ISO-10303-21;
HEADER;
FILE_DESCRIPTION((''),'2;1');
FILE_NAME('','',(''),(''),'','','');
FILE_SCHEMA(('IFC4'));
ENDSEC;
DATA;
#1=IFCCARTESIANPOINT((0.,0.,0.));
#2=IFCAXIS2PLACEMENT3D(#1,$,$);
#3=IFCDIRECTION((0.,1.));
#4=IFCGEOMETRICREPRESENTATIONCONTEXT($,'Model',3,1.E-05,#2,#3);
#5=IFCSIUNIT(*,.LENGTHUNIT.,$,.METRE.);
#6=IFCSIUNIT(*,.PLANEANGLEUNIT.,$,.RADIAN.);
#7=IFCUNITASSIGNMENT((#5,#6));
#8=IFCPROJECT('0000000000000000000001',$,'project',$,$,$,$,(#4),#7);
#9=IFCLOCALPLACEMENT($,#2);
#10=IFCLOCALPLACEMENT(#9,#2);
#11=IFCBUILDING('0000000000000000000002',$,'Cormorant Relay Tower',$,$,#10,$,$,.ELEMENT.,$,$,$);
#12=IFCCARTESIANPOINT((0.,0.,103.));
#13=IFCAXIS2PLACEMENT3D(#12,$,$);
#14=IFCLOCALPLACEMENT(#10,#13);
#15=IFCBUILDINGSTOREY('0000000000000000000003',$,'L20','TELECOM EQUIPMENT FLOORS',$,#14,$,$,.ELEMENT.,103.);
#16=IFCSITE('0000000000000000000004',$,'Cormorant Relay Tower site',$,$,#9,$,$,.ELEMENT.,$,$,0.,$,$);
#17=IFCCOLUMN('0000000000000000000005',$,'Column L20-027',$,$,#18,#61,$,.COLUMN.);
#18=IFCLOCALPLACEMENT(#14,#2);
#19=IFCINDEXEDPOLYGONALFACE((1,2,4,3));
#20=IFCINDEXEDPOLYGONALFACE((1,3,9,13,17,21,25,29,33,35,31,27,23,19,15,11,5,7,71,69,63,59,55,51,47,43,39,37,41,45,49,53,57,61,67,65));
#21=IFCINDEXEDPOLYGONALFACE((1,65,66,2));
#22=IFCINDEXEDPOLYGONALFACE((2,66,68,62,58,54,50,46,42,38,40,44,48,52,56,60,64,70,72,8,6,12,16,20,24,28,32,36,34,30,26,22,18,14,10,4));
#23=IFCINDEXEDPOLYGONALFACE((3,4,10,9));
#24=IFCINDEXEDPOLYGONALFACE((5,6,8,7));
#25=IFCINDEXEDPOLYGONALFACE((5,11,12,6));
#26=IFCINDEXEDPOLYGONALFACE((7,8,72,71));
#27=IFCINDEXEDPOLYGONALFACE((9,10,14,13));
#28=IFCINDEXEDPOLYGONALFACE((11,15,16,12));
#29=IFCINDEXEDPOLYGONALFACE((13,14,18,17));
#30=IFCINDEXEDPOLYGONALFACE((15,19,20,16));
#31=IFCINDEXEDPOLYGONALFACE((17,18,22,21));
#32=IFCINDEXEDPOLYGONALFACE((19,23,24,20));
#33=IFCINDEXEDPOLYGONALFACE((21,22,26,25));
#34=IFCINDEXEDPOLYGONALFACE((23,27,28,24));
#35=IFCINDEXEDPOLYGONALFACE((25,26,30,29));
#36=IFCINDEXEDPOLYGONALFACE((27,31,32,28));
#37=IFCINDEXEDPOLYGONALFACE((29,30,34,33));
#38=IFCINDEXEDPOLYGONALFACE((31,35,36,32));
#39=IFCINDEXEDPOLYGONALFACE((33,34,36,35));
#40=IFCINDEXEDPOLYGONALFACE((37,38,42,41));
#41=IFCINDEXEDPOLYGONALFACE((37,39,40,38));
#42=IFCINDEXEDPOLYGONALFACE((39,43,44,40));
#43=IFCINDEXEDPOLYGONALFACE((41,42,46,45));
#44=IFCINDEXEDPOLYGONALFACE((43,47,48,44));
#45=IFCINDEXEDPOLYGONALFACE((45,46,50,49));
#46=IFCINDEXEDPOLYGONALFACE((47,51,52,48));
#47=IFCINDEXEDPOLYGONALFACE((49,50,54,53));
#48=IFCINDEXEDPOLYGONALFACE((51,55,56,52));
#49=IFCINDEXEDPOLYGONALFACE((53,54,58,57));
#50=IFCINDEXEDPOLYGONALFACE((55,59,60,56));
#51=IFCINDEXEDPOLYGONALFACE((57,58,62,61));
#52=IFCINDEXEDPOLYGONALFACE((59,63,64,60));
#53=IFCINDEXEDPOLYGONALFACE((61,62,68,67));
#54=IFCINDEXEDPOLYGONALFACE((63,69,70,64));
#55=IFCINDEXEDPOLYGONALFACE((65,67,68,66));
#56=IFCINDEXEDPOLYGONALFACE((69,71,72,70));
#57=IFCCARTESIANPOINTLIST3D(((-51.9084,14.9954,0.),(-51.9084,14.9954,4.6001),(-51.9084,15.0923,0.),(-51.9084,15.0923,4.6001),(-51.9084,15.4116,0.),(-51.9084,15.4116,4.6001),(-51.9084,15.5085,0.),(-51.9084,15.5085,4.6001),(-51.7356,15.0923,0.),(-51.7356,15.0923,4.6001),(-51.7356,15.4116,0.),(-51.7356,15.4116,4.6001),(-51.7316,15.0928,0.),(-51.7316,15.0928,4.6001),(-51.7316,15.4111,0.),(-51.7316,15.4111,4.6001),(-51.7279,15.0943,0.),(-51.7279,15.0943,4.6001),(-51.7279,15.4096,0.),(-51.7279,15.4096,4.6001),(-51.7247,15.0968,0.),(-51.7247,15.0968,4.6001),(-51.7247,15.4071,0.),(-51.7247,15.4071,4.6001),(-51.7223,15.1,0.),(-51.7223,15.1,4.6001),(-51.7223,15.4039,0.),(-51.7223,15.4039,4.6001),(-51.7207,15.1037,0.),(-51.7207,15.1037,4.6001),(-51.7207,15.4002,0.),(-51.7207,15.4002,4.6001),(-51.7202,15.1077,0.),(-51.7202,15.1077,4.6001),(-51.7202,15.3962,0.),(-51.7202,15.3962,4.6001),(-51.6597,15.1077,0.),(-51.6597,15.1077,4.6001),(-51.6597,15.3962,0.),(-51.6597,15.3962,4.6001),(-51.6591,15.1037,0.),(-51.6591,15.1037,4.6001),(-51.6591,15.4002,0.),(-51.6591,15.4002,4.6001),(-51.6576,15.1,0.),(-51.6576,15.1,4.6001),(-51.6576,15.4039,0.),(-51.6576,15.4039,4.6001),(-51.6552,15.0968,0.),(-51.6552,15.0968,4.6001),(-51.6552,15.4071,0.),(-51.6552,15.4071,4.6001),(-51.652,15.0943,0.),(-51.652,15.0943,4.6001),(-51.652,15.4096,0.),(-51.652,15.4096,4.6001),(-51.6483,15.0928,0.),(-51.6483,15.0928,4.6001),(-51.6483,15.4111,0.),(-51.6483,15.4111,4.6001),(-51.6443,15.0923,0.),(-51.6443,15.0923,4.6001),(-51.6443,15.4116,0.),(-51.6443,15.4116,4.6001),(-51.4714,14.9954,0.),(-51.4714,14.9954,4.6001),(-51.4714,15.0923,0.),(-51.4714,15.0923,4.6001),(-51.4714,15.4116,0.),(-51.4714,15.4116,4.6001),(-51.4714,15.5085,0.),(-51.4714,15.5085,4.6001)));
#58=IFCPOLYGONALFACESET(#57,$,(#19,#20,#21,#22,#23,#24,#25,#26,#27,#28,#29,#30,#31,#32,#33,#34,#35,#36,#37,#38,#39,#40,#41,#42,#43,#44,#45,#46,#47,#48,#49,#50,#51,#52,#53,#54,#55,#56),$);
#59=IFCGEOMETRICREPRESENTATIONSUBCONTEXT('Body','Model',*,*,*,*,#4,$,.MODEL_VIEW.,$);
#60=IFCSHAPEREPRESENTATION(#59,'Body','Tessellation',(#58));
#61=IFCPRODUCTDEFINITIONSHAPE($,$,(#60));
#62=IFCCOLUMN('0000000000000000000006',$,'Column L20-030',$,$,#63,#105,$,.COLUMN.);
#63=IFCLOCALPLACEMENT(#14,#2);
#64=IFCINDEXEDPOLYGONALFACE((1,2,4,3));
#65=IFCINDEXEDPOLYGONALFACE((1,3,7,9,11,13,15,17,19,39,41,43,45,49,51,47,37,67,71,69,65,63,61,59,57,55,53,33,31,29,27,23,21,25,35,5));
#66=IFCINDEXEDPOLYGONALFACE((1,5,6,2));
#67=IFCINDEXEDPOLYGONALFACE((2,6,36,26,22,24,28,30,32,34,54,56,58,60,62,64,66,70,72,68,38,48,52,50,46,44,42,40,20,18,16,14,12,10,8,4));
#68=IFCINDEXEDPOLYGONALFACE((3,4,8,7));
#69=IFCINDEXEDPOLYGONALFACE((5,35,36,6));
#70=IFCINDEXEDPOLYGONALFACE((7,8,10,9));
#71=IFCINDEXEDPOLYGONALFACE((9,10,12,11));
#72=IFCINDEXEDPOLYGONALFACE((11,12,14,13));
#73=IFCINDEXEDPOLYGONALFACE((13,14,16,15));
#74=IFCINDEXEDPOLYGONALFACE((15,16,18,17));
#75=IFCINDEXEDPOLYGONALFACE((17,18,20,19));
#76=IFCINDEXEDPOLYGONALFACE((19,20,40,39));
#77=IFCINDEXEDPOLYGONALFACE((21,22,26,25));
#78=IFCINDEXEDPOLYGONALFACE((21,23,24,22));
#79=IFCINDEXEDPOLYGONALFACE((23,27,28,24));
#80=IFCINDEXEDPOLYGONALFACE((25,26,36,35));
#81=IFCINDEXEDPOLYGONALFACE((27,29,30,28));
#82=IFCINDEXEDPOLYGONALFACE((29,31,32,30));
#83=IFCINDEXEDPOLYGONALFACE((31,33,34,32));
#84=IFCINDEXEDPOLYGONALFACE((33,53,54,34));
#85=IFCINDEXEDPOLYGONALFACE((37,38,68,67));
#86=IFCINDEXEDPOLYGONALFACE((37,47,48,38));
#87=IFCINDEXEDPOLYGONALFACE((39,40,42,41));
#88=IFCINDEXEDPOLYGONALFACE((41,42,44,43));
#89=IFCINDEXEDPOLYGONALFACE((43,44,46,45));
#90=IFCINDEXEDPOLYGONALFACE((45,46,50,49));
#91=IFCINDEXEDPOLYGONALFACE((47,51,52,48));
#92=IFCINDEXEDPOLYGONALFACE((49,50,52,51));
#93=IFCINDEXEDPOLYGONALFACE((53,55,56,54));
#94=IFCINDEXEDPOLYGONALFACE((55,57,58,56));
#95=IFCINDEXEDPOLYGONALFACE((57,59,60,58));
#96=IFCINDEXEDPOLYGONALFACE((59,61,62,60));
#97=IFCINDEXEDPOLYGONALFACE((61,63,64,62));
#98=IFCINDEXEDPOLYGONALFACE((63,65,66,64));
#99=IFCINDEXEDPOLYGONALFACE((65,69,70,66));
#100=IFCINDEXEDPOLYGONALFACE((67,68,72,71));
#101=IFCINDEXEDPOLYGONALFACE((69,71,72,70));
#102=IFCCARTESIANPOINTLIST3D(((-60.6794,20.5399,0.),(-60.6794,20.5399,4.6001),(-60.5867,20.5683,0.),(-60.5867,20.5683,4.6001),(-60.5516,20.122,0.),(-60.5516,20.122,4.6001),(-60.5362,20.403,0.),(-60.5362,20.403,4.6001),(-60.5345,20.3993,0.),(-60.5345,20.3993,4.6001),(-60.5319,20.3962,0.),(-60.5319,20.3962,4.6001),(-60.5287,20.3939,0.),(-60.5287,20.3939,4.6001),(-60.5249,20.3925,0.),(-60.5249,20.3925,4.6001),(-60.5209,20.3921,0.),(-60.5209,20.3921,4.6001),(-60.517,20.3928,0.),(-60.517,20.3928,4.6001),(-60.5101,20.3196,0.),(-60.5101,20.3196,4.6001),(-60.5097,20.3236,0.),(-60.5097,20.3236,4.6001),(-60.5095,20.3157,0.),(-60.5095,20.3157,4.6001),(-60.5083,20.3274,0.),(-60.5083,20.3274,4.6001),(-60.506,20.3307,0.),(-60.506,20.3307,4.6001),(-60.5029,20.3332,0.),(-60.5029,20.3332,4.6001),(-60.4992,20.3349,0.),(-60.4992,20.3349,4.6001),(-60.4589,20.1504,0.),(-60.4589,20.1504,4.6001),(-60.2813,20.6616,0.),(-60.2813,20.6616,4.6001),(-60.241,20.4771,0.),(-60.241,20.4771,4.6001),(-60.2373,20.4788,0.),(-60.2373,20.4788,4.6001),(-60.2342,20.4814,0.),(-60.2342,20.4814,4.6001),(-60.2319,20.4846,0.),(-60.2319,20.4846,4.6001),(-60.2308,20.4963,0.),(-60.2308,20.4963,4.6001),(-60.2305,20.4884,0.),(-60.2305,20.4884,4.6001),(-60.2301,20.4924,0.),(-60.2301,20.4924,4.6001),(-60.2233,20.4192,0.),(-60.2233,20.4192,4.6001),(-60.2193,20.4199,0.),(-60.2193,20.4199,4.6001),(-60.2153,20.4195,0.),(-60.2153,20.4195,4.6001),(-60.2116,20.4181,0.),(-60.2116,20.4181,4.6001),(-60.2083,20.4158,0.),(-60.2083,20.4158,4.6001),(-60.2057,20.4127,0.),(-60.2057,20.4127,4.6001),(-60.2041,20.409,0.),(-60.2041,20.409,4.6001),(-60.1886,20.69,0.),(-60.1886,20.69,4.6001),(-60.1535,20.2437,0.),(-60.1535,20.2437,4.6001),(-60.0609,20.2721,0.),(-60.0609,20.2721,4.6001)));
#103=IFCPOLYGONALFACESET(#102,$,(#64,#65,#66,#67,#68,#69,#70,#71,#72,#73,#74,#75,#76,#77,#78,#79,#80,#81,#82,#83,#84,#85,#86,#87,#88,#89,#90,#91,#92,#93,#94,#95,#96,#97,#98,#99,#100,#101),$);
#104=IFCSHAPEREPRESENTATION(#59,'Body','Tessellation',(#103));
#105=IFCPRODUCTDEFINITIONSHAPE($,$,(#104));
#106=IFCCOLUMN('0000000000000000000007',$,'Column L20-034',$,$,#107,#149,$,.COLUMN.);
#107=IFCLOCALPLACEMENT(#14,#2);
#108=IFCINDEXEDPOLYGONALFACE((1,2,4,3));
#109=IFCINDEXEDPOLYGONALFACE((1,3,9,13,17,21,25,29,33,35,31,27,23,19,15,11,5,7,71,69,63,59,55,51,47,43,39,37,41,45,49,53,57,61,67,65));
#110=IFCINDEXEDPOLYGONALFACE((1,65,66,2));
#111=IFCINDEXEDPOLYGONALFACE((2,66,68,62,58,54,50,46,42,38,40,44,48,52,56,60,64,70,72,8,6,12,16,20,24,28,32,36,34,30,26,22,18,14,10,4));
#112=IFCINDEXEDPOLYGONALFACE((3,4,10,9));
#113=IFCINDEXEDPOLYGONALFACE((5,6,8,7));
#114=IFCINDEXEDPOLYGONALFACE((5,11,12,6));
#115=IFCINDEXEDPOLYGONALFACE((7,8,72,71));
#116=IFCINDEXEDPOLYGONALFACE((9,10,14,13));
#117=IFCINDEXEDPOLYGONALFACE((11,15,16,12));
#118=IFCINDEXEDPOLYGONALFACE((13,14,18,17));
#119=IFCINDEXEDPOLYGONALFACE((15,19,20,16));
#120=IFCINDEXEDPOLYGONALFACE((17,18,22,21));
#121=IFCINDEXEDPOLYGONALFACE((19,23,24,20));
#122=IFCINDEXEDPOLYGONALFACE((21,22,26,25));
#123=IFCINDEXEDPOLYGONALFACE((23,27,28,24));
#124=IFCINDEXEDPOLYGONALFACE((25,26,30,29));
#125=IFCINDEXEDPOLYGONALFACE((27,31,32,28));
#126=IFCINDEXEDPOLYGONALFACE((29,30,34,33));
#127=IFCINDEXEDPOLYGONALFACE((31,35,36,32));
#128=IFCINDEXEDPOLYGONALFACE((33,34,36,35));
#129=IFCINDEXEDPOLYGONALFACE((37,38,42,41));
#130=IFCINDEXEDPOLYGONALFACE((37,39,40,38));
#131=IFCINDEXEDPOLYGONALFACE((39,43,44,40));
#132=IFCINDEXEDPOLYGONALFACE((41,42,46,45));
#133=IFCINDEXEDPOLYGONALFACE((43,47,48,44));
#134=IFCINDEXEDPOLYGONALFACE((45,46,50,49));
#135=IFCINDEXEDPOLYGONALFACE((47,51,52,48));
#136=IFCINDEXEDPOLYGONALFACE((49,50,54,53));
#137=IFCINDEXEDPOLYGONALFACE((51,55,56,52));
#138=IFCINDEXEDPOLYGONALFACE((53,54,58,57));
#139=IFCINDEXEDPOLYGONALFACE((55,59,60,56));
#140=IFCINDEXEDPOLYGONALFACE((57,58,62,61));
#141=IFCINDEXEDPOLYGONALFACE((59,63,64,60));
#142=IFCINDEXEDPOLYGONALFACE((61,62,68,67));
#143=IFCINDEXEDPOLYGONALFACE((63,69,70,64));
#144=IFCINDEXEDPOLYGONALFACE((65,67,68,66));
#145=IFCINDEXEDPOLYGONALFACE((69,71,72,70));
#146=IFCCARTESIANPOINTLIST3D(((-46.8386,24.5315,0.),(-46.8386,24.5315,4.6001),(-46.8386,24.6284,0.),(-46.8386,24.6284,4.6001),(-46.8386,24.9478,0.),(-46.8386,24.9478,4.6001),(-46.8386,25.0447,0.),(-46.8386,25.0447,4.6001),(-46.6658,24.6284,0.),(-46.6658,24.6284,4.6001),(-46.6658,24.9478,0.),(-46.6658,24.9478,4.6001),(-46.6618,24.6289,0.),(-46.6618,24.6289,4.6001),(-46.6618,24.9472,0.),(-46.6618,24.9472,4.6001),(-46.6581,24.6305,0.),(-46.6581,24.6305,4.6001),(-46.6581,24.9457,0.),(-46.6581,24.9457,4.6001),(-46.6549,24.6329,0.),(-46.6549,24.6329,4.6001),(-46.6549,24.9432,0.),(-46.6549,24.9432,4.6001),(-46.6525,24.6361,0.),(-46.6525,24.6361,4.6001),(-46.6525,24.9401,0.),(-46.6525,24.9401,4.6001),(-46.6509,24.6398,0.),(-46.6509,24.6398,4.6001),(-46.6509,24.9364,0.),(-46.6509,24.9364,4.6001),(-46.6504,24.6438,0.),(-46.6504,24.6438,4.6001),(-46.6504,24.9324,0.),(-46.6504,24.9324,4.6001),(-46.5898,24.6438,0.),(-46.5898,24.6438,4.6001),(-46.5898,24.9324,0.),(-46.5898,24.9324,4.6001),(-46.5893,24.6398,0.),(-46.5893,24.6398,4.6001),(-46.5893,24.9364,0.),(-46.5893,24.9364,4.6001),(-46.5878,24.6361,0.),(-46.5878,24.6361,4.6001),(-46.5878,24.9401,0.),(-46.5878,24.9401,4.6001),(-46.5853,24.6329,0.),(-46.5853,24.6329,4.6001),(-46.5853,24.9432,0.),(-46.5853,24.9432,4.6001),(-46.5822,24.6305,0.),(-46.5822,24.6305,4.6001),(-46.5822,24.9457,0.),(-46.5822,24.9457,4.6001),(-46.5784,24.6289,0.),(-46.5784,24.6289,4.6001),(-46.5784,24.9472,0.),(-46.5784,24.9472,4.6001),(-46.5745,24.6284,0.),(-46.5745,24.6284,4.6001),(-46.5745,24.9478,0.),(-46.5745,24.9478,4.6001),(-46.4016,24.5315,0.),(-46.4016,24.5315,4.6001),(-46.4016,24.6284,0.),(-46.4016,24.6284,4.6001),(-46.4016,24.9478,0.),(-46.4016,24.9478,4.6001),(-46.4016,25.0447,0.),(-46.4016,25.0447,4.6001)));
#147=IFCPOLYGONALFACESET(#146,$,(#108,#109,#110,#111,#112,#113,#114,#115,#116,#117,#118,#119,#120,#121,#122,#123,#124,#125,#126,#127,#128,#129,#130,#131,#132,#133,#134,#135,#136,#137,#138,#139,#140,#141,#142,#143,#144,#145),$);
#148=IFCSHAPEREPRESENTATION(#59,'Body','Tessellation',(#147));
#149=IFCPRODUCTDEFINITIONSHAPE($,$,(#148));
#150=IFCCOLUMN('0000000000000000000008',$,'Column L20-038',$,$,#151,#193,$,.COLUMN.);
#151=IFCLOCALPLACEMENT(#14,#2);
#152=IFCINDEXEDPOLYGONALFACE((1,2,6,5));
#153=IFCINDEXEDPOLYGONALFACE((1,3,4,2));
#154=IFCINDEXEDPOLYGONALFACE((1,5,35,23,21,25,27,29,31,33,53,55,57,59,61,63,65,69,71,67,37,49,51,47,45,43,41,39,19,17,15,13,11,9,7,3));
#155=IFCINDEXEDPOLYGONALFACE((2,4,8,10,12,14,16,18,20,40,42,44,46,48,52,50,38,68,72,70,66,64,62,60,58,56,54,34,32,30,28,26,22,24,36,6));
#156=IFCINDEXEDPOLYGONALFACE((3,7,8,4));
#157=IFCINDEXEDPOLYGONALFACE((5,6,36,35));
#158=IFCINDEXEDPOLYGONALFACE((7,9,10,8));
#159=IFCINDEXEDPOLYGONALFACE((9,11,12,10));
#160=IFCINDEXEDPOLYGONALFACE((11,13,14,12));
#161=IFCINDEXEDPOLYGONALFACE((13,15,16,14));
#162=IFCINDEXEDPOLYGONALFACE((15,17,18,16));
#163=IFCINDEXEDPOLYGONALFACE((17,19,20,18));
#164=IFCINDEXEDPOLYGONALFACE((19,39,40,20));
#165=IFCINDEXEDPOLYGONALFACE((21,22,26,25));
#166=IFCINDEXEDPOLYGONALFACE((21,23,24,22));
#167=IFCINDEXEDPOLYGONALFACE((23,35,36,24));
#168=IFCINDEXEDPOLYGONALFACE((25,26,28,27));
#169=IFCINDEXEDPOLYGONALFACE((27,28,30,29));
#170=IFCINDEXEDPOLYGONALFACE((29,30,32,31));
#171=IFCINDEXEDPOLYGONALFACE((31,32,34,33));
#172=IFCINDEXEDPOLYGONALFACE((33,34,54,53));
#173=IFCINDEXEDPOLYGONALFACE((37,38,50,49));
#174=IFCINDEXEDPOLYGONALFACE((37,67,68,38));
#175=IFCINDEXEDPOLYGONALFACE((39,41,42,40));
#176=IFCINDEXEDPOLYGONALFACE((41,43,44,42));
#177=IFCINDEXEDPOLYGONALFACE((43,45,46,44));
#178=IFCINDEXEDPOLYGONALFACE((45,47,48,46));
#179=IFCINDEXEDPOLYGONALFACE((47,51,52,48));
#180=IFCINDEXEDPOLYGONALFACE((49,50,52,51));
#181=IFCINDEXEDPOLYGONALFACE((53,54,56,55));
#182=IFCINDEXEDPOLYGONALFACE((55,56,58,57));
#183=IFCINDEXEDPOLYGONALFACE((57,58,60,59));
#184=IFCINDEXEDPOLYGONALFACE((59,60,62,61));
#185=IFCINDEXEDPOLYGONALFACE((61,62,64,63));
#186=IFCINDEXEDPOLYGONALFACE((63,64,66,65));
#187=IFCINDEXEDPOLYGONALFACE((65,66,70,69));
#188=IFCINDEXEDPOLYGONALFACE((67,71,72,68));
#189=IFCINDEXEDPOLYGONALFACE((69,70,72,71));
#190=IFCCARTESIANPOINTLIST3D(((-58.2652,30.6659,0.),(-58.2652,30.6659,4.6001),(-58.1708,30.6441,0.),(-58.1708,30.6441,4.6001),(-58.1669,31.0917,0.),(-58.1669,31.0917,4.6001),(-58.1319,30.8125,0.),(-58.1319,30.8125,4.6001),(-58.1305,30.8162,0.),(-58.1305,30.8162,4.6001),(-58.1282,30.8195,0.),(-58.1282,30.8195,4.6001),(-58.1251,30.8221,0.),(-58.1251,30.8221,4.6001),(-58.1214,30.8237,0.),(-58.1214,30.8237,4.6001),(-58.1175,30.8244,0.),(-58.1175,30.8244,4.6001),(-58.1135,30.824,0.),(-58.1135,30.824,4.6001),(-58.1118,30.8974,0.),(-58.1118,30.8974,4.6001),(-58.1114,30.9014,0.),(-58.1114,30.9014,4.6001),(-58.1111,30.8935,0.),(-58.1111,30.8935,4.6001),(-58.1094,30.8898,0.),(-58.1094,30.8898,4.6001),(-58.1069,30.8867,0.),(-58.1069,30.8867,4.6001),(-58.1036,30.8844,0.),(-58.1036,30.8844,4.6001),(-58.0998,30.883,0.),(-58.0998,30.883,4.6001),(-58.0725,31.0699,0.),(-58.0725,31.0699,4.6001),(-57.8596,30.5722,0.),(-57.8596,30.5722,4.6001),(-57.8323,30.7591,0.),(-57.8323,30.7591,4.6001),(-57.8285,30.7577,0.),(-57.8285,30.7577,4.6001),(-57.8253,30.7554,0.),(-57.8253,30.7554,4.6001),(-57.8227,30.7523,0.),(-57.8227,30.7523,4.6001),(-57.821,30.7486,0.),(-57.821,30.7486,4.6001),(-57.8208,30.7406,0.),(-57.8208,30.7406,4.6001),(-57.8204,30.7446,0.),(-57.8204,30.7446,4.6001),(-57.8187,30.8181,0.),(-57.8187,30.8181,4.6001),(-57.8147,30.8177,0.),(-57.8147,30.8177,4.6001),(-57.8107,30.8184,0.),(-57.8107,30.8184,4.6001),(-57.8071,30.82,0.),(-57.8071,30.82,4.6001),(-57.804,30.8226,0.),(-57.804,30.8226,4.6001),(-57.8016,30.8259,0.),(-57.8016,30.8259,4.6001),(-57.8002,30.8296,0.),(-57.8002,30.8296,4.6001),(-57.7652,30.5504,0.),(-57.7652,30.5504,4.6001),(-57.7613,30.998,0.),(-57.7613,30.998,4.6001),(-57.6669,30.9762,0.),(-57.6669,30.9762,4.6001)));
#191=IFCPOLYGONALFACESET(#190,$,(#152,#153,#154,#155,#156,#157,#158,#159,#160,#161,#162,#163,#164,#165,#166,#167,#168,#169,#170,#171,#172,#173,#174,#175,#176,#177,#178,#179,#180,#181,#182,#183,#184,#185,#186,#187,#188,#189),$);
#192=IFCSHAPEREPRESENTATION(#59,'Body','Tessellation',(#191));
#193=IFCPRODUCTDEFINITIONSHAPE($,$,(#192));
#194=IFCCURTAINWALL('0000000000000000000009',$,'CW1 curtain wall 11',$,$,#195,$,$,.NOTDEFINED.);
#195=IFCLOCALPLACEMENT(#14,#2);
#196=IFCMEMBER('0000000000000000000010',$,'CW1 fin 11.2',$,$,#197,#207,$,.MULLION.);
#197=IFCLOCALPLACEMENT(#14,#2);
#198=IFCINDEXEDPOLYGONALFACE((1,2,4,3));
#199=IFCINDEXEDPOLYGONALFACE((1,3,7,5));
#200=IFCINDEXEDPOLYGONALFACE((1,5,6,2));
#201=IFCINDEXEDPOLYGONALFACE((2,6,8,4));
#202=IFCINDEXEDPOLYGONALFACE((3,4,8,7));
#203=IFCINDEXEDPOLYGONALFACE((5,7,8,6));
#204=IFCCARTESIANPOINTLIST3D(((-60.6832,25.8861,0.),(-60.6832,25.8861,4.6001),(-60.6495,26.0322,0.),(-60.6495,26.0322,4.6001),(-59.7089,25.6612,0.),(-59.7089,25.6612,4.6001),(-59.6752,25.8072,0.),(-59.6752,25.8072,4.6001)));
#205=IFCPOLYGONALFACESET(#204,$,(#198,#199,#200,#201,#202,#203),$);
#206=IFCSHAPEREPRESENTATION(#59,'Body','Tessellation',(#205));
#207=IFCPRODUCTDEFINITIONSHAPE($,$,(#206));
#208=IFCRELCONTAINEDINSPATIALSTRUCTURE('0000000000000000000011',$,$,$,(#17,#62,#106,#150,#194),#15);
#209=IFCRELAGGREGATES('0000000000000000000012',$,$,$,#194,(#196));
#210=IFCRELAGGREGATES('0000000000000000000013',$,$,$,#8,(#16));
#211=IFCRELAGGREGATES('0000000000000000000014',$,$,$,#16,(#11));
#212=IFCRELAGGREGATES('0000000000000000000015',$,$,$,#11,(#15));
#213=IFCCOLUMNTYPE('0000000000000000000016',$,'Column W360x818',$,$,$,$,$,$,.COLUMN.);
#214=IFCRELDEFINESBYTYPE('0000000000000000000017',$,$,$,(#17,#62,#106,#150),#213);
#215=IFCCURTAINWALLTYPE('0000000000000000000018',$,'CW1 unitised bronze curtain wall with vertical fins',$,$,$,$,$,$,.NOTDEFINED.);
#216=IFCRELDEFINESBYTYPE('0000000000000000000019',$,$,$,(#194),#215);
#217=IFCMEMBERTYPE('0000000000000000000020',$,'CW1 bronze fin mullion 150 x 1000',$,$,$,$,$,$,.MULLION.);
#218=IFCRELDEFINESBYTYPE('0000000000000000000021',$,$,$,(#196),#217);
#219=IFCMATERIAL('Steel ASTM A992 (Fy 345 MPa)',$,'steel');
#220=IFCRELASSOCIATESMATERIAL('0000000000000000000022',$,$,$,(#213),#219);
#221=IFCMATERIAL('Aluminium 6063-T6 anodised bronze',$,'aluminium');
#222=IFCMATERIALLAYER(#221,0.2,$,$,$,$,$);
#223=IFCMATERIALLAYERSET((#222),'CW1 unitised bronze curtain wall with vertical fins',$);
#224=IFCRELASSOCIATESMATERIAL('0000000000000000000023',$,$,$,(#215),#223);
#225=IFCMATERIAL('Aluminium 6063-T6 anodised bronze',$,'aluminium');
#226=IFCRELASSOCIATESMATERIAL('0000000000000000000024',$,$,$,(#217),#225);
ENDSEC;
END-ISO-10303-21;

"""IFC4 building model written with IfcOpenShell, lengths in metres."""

from ifc_helpers import new_model, si_unit, direction, frame, origin, origin_2d, place, context, subcontext, project, spatial, rectangle, i_section, extrude, material, layer, layer_set, material_profile, profile_set, type_object, element, aggregate, save


model = new_model("IFC4")

# Units and contexts
model_context = context("Model", 3, precision=1e-05, world=origin(), true_north=direction((0.0, 1.0)))
body_context = subcontext(model_context, "Body", "Model", "MODEL_VIEW")
ifc_project = project(units=[si_unit("LENGTHUNIT", "METRE"), si_unit("PLANEANGLEUNIT", "RADIAN")], contexts=[model_context])

# Site, building, storey
site_placement = place(None, origin())
site = spatial("IfcSite", under=ifc_project, at=site_placement, Name="Cormorant Relay Tower site", CompositionType="ELEMENT", RefElevation=0.0)
building_placement = place(site_placement, origin())
building = spatial("IfcBuilding", under=site, at=building_placement, Name="Cormorant Relay Tower", CompositionType="ELEMENT")
storey_placement = place(building_placement, frame((0.0, 0.0, 103.0)))
storey = spatial("IfcBuildingStorey", under=building, at=storey_placement, Name="L20", Description="TELECOM EQUIPMENT FLOORS", CompositionType="ELEMENT", Elevation=103.0)

# Columns
ifc_material_1 = material(Name="Steel ASTM A992 (Fy 345 MPa)", Category="steel")
ifc_material_profile_1 = material_profile(ifc_material_1, i_section(OverallWidth=0.437, OverallDepth=0.5132, WebThickness=0.0605, FlangeThickness=0.0969, FilletRadius=0.0154, at=origin_2d()), Name="W360x818")
ifc_profile_set_1 = profile_set([ifc_material_profile_1], Name="Steel ASTM A992 (Fy 345 MPa)")
column_type = type_object("IfcColumnType", Name="Column W360x818", PredefinedType="COLUMN", material=ifc_profile_set_1)
for number, where, z_axis, x_axis, name in (
    (1, (-51.6899, 15.252, 0.0), (0.0, 0.0, 1.0), (1.0, 0.0, 0.0), "Column L20-027"),
    (2, (-60.3701, 20.406, 0.0), (0.0, 0.0, 1.0), (0.292372, -0.956305, 0.0), "Column L20-030"),
    (3, (-46.6201, 24.7881, 0.0), (0.0, 0.0, 1.0), (1.0, 0.0, 0.0), "Column L20-034"),
    (4, (-57.9661, 30.821, 0.0), (0.0, 0.0, 1.0), (-0.224951, -0.97437, 0.0), "Column L20-038"),
):
    element("IfcColumn", number, at=place(storey_placement, frame(where, z_axis=z_axis, x_axis=x_axis)), inside=storey, type_object=column_type, Name=name, PredefinedType="COLUMN", context=body_context, shape_type="SweptSolid", body=[
        extrude(i_section(OverallWidth=0.437, OverallDepth=0.5132, WebThickness=0.0605, FlangeThickness=0.0969, FilletRadius=0.0154, at=origin_2d()), origin(), (0.0, 0.0, 1.0), 4.6001),
    ])

# Curtain wall, member
ifc_material_2 = material(Name="Aluminium 6063-T6 anodised bronze", Category="aluminium")
ifc_layer_1 = layer(ifc_material_2, 0.2)
ifc_layer_set_1 = layer_set([ifc_layer_1], Name="CW1 unitised bronze curtain wall with vertical fins")
curtain_wall_type = type_object("IfcCurtainWallType", Name="CW1 unitised bronze curtain wall with vertical fins", PredefinedType="NOTDEFINED", material=ifc_layer_set_1)
curtain_wall_1_placement = place(storey_placement, origin())
curtain_wall_1 = element("IfcCurtainWall", 5, at=curtain_wall_1_placement, inside=storey, type_object=curtain_wall_type, Name="CW1 curtain wall 11", PredefinedType="NOTDEFINED")
ifc_material_3 = material(Name="Aluminium 6063-T6 anodised bronze", Category="aluminium")
ifc_material_profile_2 = material_profile(ifc_material_3, rectangle(XDim=0.1499, YDim=1.0, at=origin_2d()), Name="AL 150x1000")
ifc_profile_set_2 = profile_set([ifc_material_profile_2], Name="Aluminium 6063-T6 anodised bronze")
member_type_1 = type_object("IfcMemberType", Name="CW1 bronze fin mullion 150 x 1000", PredefinedType="MULLION", material=ifc_profile_set_2)
member_1_placement = place(storey_placement, frame((-60.1792, 25.8467, 0.0), z_axis=(0.0, 0.0, 1.0), x_axis=(-0.224951, -0.97437, 0.0)))
member_1 = element("IfcMember", 6, at=member_1_placement, type_object=member_type_1, Name="CW1 fin 11.2", PredefinedType="MULLION", context=body_context, shape_type="SweptSolid", body=[
    extrude(rectangle(XDim=0.1499, YDim=1.0, at=origin_2d()), origin(), (0.0, 0.0, 1.0), 4.6001),
])

aggregate(curtain_wall_1, [member_1])

save(model, "model.ifc")
